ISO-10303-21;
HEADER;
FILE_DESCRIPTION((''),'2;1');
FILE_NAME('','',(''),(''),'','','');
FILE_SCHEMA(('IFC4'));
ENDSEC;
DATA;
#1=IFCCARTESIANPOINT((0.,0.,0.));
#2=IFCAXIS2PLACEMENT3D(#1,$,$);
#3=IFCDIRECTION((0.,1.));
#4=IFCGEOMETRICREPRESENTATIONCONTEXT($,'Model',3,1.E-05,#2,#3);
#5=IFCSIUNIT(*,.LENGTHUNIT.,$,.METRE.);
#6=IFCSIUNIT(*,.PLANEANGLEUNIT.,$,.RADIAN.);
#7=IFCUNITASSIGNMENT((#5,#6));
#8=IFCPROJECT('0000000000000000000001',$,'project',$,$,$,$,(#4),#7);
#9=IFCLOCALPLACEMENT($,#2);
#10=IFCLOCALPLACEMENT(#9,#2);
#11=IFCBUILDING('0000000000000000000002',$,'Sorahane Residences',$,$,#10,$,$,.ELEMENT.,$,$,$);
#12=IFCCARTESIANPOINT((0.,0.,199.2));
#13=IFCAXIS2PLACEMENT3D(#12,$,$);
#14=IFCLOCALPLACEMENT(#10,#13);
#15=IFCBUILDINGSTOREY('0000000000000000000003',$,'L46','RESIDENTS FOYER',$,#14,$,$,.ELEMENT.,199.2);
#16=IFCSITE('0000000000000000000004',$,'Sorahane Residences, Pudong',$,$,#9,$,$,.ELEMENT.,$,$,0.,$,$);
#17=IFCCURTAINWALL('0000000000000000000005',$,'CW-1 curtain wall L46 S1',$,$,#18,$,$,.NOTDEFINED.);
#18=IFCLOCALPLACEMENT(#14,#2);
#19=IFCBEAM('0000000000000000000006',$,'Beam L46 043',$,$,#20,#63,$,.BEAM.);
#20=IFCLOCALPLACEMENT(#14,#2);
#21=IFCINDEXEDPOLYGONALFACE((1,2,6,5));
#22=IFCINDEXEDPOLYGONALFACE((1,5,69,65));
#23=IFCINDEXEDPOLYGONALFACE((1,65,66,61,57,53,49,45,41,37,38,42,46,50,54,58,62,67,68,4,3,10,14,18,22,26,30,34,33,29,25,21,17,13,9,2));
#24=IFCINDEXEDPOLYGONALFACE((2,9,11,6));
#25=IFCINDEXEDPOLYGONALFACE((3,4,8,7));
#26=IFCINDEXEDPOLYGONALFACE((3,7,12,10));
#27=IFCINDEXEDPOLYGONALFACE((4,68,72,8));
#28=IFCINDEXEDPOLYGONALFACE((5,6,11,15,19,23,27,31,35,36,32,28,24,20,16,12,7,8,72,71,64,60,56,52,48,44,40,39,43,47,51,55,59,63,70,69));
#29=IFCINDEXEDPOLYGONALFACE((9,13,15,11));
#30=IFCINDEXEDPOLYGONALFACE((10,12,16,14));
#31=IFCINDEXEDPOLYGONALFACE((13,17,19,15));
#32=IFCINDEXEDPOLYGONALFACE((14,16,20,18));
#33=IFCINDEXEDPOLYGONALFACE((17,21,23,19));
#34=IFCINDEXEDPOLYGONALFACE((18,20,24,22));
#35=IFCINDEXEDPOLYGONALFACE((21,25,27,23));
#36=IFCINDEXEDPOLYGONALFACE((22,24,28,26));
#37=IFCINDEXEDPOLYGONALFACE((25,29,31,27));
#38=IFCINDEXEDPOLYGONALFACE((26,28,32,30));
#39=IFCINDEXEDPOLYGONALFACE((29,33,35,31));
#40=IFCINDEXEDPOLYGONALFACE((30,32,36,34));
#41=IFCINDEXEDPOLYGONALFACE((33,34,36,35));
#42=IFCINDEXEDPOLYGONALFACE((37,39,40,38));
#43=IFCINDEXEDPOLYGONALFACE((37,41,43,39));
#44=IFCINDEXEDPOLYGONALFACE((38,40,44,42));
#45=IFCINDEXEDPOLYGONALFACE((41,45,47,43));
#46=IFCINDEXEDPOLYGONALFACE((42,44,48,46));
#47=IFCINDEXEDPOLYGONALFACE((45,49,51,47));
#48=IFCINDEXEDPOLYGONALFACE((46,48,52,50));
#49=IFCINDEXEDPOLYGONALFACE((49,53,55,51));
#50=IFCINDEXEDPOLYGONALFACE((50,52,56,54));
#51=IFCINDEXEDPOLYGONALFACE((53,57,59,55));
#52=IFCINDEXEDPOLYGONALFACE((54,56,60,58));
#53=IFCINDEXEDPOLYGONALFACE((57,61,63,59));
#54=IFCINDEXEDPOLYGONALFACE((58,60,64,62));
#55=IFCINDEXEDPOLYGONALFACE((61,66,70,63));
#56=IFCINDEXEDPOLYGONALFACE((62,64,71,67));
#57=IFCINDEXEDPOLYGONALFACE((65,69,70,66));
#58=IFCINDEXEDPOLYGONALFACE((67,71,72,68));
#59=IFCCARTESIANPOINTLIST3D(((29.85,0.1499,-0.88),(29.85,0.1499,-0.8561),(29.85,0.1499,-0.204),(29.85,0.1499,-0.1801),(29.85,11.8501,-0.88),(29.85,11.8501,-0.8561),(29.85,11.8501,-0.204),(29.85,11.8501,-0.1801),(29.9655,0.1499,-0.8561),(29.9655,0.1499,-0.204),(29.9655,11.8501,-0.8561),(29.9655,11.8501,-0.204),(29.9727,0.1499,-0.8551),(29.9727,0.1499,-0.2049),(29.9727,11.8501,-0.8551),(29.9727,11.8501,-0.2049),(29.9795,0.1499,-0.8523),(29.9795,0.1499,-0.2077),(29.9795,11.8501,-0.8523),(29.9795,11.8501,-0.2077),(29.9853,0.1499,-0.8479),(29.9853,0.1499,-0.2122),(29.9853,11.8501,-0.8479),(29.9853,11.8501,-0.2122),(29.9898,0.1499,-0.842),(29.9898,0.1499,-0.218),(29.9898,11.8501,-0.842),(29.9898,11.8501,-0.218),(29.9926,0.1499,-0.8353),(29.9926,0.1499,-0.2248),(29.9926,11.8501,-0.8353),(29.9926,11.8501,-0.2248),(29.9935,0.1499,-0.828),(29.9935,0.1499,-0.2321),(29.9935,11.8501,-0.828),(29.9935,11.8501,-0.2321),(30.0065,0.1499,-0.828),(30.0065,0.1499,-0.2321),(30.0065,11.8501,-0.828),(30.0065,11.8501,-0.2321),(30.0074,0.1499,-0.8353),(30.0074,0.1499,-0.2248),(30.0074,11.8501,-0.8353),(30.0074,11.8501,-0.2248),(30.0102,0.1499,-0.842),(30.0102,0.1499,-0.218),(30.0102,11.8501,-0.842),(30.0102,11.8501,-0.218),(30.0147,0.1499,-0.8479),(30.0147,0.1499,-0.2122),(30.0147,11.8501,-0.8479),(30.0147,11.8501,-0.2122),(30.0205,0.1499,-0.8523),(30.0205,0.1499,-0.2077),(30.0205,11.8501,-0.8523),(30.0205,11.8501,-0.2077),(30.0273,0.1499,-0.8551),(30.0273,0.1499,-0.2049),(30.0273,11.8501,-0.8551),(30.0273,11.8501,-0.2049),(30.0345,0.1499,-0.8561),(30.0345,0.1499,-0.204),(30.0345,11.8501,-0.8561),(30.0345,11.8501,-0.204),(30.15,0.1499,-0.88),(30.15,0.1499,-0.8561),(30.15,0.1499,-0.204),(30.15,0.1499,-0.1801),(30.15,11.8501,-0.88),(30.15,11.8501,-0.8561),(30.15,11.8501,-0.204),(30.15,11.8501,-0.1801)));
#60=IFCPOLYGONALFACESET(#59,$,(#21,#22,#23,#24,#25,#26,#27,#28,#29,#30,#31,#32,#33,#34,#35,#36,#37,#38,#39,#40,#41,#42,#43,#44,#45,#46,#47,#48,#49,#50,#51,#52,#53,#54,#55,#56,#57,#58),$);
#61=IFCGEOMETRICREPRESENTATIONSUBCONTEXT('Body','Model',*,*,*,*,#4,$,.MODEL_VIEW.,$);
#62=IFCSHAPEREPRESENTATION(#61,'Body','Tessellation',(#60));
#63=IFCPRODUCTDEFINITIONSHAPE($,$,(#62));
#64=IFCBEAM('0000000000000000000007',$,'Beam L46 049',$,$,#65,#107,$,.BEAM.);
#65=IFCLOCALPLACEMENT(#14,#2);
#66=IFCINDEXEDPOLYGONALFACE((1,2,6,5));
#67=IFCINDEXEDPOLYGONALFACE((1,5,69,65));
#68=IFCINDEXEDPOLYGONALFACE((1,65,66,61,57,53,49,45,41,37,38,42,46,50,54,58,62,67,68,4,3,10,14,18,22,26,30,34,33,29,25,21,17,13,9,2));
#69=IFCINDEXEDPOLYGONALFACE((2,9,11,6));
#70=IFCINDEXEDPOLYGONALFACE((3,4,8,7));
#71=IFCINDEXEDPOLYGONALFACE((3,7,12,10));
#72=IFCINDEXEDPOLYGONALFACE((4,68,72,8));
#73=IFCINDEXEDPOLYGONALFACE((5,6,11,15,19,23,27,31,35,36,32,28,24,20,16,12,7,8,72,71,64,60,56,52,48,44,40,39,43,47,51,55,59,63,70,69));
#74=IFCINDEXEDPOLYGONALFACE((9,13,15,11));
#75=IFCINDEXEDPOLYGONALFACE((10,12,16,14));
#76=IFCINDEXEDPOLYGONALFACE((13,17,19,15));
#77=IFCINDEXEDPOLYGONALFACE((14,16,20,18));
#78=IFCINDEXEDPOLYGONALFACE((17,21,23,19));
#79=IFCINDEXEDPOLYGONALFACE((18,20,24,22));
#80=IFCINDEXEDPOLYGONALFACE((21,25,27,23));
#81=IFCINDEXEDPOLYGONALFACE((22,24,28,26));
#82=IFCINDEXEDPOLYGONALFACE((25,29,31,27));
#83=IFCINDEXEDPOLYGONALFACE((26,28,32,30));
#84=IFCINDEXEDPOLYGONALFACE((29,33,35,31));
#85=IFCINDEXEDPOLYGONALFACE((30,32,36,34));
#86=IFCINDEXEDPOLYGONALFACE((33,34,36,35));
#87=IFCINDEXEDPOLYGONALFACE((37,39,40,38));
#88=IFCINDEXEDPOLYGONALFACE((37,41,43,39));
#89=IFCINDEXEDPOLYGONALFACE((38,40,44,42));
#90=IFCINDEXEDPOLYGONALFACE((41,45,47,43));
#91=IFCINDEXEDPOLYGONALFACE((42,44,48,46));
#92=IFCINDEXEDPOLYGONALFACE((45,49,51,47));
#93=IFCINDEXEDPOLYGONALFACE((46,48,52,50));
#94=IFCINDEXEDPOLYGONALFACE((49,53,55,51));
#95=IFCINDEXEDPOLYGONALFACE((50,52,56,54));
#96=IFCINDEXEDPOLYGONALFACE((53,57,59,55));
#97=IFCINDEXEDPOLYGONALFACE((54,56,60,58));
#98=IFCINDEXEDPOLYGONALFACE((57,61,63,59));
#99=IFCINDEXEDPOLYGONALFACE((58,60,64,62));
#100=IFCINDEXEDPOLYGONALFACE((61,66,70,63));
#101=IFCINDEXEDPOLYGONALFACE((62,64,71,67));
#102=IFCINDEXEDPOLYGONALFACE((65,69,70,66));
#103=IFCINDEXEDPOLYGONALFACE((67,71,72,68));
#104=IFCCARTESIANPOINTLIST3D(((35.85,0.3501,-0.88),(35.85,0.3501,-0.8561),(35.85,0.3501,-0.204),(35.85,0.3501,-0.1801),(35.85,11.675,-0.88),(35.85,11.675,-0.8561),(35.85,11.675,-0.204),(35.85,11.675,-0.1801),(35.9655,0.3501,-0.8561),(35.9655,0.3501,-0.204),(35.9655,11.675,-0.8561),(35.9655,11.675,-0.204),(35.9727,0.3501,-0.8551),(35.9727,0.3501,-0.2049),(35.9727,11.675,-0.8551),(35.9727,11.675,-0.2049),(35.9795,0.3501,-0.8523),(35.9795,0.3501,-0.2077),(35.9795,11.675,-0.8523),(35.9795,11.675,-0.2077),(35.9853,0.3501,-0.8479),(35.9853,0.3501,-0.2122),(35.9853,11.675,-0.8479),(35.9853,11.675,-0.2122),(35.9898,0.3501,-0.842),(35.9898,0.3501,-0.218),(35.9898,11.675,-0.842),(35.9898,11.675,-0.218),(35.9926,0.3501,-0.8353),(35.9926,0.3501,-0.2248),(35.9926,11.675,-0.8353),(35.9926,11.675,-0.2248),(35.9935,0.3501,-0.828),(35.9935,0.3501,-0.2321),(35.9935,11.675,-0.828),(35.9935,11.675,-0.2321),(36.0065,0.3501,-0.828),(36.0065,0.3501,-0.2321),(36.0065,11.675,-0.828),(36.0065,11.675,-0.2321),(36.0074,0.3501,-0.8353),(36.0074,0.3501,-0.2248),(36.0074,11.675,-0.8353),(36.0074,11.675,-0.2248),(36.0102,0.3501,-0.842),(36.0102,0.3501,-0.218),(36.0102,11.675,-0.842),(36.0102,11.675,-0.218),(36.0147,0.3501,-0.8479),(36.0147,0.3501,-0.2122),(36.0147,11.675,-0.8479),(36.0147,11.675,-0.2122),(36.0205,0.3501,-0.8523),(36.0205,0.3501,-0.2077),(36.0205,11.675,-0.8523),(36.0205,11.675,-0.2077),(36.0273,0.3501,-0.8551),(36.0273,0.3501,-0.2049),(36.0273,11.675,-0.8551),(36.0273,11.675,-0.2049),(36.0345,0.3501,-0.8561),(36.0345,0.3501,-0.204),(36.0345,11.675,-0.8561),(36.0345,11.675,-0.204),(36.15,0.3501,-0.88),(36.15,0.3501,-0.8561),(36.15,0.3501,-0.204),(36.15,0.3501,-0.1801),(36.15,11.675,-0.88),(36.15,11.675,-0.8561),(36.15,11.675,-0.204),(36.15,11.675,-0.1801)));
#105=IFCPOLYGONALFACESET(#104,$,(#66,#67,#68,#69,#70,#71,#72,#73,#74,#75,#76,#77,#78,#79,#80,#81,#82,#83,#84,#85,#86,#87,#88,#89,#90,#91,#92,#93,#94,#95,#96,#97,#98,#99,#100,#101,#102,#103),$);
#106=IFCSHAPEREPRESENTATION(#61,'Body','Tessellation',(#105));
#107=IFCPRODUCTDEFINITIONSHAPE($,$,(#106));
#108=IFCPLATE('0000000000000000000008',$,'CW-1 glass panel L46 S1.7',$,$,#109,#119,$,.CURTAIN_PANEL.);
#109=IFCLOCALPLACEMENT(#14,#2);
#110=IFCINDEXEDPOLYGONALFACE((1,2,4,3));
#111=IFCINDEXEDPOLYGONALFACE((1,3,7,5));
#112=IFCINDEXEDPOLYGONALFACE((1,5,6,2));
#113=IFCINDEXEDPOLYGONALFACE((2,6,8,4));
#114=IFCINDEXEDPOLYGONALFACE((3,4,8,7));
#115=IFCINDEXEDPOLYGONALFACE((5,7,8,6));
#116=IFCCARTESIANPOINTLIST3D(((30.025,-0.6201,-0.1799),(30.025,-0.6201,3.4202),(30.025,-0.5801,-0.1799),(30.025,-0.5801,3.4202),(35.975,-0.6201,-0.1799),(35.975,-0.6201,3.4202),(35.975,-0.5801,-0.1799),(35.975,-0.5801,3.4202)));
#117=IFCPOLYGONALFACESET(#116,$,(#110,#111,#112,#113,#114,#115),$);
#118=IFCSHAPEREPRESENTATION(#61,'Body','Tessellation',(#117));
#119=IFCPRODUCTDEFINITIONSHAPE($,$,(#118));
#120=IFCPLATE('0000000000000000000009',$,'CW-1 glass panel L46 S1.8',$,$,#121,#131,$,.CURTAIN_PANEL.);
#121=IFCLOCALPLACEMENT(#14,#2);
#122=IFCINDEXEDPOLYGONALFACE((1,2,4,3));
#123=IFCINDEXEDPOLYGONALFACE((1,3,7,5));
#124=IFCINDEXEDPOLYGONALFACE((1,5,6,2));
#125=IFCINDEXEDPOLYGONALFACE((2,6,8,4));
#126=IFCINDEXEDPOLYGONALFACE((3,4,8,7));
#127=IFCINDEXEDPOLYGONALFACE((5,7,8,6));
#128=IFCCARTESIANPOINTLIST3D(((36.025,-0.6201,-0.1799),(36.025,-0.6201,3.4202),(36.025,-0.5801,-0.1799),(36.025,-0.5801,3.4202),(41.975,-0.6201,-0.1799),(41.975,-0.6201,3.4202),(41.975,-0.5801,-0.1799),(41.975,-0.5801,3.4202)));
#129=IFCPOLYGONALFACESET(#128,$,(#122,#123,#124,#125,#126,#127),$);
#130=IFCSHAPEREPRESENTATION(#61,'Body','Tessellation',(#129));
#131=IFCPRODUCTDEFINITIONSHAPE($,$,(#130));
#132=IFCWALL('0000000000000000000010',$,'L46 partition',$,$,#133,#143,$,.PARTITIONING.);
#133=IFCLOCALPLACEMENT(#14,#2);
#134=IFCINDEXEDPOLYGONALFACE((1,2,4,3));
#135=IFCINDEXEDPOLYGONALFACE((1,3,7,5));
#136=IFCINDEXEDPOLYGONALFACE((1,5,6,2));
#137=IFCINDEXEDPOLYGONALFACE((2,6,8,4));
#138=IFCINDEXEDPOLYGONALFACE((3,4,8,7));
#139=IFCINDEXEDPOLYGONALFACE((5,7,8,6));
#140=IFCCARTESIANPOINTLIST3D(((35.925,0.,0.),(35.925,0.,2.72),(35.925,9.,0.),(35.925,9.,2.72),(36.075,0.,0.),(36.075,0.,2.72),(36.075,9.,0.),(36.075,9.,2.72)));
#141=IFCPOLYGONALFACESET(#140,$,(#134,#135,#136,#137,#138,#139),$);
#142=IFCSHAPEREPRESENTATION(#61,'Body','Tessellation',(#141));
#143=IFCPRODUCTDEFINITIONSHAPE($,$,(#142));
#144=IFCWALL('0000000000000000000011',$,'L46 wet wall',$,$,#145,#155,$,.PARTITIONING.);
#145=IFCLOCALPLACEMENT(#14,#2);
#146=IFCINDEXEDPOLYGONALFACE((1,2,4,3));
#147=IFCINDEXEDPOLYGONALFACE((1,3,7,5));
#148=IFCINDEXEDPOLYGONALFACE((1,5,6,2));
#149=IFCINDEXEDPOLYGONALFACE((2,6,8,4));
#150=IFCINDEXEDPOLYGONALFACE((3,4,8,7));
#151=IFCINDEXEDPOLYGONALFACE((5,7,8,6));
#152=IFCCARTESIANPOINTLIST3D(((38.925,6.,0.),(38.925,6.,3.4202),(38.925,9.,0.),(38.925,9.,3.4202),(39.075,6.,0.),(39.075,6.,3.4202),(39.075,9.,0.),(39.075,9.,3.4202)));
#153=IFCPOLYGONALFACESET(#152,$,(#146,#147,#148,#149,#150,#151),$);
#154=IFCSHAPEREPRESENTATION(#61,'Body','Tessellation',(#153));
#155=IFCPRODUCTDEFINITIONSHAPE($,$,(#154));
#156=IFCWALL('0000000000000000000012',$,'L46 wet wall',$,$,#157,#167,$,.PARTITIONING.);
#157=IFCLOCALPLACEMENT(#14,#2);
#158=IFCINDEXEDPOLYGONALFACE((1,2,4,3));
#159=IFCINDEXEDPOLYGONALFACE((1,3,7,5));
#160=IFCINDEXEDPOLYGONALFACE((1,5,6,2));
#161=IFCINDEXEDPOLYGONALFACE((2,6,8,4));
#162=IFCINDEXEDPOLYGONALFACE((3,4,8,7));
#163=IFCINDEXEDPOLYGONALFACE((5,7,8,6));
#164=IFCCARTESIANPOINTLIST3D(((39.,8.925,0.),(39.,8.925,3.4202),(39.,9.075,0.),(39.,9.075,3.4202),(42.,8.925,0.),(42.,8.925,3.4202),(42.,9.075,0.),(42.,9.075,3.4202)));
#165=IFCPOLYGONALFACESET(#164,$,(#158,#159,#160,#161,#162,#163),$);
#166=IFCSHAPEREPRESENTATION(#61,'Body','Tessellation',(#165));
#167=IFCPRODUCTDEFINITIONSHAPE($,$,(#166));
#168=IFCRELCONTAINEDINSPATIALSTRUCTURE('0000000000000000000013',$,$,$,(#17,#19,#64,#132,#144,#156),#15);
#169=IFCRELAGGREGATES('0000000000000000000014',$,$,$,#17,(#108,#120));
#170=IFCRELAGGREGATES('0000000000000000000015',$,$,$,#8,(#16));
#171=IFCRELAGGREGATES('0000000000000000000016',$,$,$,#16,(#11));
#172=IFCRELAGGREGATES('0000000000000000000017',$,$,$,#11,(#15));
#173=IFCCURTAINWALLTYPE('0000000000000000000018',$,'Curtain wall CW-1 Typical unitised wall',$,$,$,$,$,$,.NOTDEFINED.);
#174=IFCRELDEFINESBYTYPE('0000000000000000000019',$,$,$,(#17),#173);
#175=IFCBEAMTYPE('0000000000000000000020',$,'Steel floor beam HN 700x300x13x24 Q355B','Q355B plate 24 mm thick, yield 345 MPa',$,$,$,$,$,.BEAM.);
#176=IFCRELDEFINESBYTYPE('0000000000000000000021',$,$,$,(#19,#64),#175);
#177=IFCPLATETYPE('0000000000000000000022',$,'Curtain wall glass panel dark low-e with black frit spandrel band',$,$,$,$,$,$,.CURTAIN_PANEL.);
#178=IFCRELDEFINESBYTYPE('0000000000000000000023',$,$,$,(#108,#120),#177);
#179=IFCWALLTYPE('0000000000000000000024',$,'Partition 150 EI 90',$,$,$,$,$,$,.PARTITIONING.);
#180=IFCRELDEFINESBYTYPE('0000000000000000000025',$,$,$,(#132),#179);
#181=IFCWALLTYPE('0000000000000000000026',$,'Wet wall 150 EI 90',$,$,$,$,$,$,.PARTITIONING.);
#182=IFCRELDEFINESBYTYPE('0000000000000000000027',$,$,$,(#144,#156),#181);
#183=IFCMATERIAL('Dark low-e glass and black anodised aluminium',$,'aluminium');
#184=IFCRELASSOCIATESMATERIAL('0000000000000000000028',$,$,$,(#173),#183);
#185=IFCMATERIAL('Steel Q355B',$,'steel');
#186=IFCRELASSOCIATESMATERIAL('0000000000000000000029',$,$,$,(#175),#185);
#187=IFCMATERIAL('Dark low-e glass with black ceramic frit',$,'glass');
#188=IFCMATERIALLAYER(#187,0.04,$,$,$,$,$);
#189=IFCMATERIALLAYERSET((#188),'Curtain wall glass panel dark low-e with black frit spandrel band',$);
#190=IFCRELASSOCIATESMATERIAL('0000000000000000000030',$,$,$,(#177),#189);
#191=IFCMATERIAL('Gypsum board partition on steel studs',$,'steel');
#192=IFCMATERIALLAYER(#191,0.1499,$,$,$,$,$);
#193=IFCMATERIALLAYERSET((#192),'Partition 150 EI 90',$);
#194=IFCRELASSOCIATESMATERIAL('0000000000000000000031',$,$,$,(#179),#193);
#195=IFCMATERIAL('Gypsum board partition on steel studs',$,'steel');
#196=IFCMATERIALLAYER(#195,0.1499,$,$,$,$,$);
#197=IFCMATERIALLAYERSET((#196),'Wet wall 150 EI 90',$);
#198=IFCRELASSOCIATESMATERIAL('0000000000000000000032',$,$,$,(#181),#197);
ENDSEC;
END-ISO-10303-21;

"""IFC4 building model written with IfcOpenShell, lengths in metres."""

from ifc_helpers import new_model, si_unit, direction, frame, frame_2d, origin, origin_2d, place, context, subcontext, project, spatial, rectangle, i_section, extrude, material, layer, layer_set, material_profile, profile_set, type_object, element, aggregate, save


model = new_model("IFC4")

# Units and contexts
model_context = context("Model", 3, precision=1e-05, world=origin(), true_north=direction((0.0, 1.0)))
body_context = subcontext(model_context, "Body", "Model", "MODEL_VIEW")
ifc_project = project(units=[si_unit("LENGTHUNIT", "METRE"), si_unit("PLANEANGLEUNIT", "RADIAN")], contexts=[model_context])

# Site, building, storey
site_placement = place(None, origin())
site = spatial("IfcSite", under=ifc_project, at=site_placement, Name="Sorahane Residences, Pudong", CompositionType="ELEMENT", RefElevation=0.0)
building_placement = place(site_placement, origin())
building = spatial("IfcBuilding", under=site, at=building_placement, Name="Sorahane Residences", CompositionType="ELEMENT")
storey_placement = place(building_placement, frame((0.0, 0.0, 199.2)))
storey = spatial("IfcBuildingStorey", under=building, at=storey_placement, Name="L46", Description="RESIDENTS FOYER", CompositionType="ELEMENT", Elevation=199.2)

# Curtain wall
ifc_material_1 = material(Name="Dark low-e glass and black anodised aluminium", Category="aluminium")
curtain_wall_type = type_object("IfcCurtainWallType", Name="Curtain wall CW-1 Typical unitised wall", PredefinedType="NOTDEFINED", material=ifc_material_1)
curtain_wall_placement = place(storey_placement, origin())
curtain_wall = element("IfcCurtainWall", 1, at=curtain_wall_placement, inside=storey, type_object=curtain_wall_type, Name="CW-1 curtain wall L46 S1", PredefinedType="NOTDEFINED")

# Beams
ifc_material_2 = material(Name="Steel Q355B", Category="steel")
ifc_material_profile_1 = material_profile(ifc_material_2, i_section(OverallWidth=0.3, OverallDepth=0.7, WebThickness=0.0129, FlangeThickness=0.0239, FilletRadius=0.0281, at=origin_2d()), Name="HN 700x300x13x24")
ifc_profile_set_1 = profile_set([ifc_material_profile_1], Name="Steel Q355B")
beam_type_1 = type_object("IfcBeamType", Name="Steel floor beam HN 700x300x13x24 Q355B", Description="Q355B plate 24 mm thick, yield 345 MPa", PredefinedType="BEAM", material=ifc_profile_set_1)
beam_1_placement = place(storey_placement, frame((30.0, 0.1499, -0.53), z_axis=(0.0, 1.0, 0.0), x_axis=(-1.0, 0.0, 0.0)))
element("IfcBeam", 2, at=beam_1_placement, inside=storey, type_object=beam_type_1, Name="Beam L46 043", PredefinedType="BEAM", context=body_context, shape_type="SweptSolid", body=[
    extrude(i_section(OverallWidth=0.3, OverallDepth=0.7, WebThickness=0.0129, FlangeThickness=0.0239, FilletRadius=0.0281, at=origin_2d()), origin(), (0.0, 0.0, 1.0), 11.7002),
])
beam_2_placement = place(storey_placement, frame((36.0, 0.3501, -0.53), z_axis=(0.0, 1.0, 0.0), x_axis=(-1.0, 0.0, 0.0)))
element("IfcBeam", 3, at=beam_2_placement, inside=storey, type_object=beam_type_1, Name="Beam L46 049", PredefinedType="BEAM", context=body_context, shape_type="SweptSolid", body=[
    extrude(i_section(OverallWidth=0.3, OverallDepth=0.7, WebThickness=0.0129, FlangeThickness=0.0239, FilletRadius=0.0281, at=origin_2d()), origin(), (0.0, 0.0, 1.0), 11.325),
])

# Plates
ifc_material_3 = material(Name="Dark low-e glass with black ceramic frit", Category="glass")
ifc_layer_1 = layer(ifc_material_3, 0.04)
ifc_layer_set_1 = layer_set([ifc_layer_1], Name="Curtain wall glass panel dark low-e with black frit spandrel band")
plate_type = type_object("IfcPlateType", Name="Curtain wall glass panel dark low-e with black frit spandrel band", PredefinedType="CURTAIN_PANEL", material=ifc_layer_set_1)
plate_1_placement = place(storey_placement, frame((33.0, -0.6001, -0.1799), z_axis=(0.0, 0.0, 1.0), x_axis=(1.0, 0.0, 0.0)))
plate_1 = element("IfcPlate", 4, at=plate_1_placement, type_object=plate_type, Name="CW-1 glass panel L46 S1.7", PredefinedType="CURTAIN_PANEL", context=body_context, shape_type="SweptSolid", body=[
    extrude(rectangle(XDim=5.95, YDim=0.04, at=origin_2d()), origin(), (0.0, 0.0, 1.0), 3.6001),
])
plate_2_placement = place(storey_placement, frame((39.0, -0.6001, -0.1799), z_axis=(0.0, 0.0, 1.0), x_axis=(1.0, 0.0, 0.0)))
plate_2 = element("IfcPlate", 5, at=plate_2_placement, type_object=plate_type, Name="CW-1 glass panel L46 S1.8", PredefinedType="CURTAIN_PANEL", context=body_context, shape_type="SweptSolid", body=[
    extrude(rectangle(XDim=5.95, YDim=0.04, at=origin_2d()), origin(), (0.0, 0.0, 1.0), 3.6001),
])
aggregate(curtain_wall, [plate_1, plate_2])

# Walls
ifc_material_4 = material(Name="Gypsum board partition on steel studs", Category="steel")
ifc_layer_2 = layer(ifc_material_4, 0.1499)
ifc_layer_set_2 = layer_set([ifc_layer_2], Name="Partition 150 EI 90")
wall_type_1 = type_object("IfcWallType", Name="Partition 150 EI 90", PredefinedType="PARTITIONING", material=ifc_layer_set_2)
wall_1_placement = place(storey_placement, frame((36.0, 0.0, 0.0), z_axis=(0.0, 0.0, 1.0), x_axis=(0.0, 1.0, 0.0)))
element("IfcWall", 6, at=wall_1_placement, inside=storey, type_object=wall_type_1, Name="L46 partition", PredefinedType="PARTITIONING", context=body_context, shape_type="SweptSolid", body=[
    extrude(rectangle(XDim=9.0, YDim=0.1499, at=frame_2d((4.5, 0.0))), origin(), (0.0, 0.0, 1.0), 2.72),
])
ifc_material_5 = material(Name="Gypsum board partition on steel studs", Category="steel")
ifc_layer_3 = layer(ifc_material_5, 0.1499)
ifc_layer_set_3 = layer_set([ifc_layer_3], Name="Wet wall 150 EI 90")
wall_type_2 = type_object("IfcWallType", Name="Wet wall 150 EI 90", PredefinedType="PARTITIONING", material=ifc_layer_set_3)
wall_2_placement = place(storey_placement, frame((39.0, 6.0, 0.0), z_axis=(0.0, 0.0, 1.0), x_axis=(0.0, 1.0, 0.0)))
element("IfcWall", 7, at=wall_2_placement, inside=storey, type_object=wall_type_2, Name="L46 wet wall", PredefinedType="PARTITIONING", context=body_context, shape_type="SweptSolid", body=[
    extrude(rectangle(XDim=3.0, YDim=0.1499, at=frame_2d((1.5, 0.0))), origin(), (0.0, 0.0, 1.0), 3.4202),
])

# Wall
wall_3_placement = place(storey_placement, frame((39.0, 9.0, 0.0), z_axis=(0.0, 0.0, 1.0), x_axis=(1.0, 0.0, 0.0)))
element("IfcWall", 8, at=wall_3_placement, inside=storey, type_object=wall_type_2, Name="L46 wet wall", PredefinedType="PARTITIONING", context=body_context, shape_type="SweptSolid", body=[
    extrude(rectangle(XDim=3.0, YDim=0.1499, at=frame_2d((1.5, 0.0))), origin(), (0.0, 0.0, 1.0), 3.4202),
])

save(model, "model.ifc")
